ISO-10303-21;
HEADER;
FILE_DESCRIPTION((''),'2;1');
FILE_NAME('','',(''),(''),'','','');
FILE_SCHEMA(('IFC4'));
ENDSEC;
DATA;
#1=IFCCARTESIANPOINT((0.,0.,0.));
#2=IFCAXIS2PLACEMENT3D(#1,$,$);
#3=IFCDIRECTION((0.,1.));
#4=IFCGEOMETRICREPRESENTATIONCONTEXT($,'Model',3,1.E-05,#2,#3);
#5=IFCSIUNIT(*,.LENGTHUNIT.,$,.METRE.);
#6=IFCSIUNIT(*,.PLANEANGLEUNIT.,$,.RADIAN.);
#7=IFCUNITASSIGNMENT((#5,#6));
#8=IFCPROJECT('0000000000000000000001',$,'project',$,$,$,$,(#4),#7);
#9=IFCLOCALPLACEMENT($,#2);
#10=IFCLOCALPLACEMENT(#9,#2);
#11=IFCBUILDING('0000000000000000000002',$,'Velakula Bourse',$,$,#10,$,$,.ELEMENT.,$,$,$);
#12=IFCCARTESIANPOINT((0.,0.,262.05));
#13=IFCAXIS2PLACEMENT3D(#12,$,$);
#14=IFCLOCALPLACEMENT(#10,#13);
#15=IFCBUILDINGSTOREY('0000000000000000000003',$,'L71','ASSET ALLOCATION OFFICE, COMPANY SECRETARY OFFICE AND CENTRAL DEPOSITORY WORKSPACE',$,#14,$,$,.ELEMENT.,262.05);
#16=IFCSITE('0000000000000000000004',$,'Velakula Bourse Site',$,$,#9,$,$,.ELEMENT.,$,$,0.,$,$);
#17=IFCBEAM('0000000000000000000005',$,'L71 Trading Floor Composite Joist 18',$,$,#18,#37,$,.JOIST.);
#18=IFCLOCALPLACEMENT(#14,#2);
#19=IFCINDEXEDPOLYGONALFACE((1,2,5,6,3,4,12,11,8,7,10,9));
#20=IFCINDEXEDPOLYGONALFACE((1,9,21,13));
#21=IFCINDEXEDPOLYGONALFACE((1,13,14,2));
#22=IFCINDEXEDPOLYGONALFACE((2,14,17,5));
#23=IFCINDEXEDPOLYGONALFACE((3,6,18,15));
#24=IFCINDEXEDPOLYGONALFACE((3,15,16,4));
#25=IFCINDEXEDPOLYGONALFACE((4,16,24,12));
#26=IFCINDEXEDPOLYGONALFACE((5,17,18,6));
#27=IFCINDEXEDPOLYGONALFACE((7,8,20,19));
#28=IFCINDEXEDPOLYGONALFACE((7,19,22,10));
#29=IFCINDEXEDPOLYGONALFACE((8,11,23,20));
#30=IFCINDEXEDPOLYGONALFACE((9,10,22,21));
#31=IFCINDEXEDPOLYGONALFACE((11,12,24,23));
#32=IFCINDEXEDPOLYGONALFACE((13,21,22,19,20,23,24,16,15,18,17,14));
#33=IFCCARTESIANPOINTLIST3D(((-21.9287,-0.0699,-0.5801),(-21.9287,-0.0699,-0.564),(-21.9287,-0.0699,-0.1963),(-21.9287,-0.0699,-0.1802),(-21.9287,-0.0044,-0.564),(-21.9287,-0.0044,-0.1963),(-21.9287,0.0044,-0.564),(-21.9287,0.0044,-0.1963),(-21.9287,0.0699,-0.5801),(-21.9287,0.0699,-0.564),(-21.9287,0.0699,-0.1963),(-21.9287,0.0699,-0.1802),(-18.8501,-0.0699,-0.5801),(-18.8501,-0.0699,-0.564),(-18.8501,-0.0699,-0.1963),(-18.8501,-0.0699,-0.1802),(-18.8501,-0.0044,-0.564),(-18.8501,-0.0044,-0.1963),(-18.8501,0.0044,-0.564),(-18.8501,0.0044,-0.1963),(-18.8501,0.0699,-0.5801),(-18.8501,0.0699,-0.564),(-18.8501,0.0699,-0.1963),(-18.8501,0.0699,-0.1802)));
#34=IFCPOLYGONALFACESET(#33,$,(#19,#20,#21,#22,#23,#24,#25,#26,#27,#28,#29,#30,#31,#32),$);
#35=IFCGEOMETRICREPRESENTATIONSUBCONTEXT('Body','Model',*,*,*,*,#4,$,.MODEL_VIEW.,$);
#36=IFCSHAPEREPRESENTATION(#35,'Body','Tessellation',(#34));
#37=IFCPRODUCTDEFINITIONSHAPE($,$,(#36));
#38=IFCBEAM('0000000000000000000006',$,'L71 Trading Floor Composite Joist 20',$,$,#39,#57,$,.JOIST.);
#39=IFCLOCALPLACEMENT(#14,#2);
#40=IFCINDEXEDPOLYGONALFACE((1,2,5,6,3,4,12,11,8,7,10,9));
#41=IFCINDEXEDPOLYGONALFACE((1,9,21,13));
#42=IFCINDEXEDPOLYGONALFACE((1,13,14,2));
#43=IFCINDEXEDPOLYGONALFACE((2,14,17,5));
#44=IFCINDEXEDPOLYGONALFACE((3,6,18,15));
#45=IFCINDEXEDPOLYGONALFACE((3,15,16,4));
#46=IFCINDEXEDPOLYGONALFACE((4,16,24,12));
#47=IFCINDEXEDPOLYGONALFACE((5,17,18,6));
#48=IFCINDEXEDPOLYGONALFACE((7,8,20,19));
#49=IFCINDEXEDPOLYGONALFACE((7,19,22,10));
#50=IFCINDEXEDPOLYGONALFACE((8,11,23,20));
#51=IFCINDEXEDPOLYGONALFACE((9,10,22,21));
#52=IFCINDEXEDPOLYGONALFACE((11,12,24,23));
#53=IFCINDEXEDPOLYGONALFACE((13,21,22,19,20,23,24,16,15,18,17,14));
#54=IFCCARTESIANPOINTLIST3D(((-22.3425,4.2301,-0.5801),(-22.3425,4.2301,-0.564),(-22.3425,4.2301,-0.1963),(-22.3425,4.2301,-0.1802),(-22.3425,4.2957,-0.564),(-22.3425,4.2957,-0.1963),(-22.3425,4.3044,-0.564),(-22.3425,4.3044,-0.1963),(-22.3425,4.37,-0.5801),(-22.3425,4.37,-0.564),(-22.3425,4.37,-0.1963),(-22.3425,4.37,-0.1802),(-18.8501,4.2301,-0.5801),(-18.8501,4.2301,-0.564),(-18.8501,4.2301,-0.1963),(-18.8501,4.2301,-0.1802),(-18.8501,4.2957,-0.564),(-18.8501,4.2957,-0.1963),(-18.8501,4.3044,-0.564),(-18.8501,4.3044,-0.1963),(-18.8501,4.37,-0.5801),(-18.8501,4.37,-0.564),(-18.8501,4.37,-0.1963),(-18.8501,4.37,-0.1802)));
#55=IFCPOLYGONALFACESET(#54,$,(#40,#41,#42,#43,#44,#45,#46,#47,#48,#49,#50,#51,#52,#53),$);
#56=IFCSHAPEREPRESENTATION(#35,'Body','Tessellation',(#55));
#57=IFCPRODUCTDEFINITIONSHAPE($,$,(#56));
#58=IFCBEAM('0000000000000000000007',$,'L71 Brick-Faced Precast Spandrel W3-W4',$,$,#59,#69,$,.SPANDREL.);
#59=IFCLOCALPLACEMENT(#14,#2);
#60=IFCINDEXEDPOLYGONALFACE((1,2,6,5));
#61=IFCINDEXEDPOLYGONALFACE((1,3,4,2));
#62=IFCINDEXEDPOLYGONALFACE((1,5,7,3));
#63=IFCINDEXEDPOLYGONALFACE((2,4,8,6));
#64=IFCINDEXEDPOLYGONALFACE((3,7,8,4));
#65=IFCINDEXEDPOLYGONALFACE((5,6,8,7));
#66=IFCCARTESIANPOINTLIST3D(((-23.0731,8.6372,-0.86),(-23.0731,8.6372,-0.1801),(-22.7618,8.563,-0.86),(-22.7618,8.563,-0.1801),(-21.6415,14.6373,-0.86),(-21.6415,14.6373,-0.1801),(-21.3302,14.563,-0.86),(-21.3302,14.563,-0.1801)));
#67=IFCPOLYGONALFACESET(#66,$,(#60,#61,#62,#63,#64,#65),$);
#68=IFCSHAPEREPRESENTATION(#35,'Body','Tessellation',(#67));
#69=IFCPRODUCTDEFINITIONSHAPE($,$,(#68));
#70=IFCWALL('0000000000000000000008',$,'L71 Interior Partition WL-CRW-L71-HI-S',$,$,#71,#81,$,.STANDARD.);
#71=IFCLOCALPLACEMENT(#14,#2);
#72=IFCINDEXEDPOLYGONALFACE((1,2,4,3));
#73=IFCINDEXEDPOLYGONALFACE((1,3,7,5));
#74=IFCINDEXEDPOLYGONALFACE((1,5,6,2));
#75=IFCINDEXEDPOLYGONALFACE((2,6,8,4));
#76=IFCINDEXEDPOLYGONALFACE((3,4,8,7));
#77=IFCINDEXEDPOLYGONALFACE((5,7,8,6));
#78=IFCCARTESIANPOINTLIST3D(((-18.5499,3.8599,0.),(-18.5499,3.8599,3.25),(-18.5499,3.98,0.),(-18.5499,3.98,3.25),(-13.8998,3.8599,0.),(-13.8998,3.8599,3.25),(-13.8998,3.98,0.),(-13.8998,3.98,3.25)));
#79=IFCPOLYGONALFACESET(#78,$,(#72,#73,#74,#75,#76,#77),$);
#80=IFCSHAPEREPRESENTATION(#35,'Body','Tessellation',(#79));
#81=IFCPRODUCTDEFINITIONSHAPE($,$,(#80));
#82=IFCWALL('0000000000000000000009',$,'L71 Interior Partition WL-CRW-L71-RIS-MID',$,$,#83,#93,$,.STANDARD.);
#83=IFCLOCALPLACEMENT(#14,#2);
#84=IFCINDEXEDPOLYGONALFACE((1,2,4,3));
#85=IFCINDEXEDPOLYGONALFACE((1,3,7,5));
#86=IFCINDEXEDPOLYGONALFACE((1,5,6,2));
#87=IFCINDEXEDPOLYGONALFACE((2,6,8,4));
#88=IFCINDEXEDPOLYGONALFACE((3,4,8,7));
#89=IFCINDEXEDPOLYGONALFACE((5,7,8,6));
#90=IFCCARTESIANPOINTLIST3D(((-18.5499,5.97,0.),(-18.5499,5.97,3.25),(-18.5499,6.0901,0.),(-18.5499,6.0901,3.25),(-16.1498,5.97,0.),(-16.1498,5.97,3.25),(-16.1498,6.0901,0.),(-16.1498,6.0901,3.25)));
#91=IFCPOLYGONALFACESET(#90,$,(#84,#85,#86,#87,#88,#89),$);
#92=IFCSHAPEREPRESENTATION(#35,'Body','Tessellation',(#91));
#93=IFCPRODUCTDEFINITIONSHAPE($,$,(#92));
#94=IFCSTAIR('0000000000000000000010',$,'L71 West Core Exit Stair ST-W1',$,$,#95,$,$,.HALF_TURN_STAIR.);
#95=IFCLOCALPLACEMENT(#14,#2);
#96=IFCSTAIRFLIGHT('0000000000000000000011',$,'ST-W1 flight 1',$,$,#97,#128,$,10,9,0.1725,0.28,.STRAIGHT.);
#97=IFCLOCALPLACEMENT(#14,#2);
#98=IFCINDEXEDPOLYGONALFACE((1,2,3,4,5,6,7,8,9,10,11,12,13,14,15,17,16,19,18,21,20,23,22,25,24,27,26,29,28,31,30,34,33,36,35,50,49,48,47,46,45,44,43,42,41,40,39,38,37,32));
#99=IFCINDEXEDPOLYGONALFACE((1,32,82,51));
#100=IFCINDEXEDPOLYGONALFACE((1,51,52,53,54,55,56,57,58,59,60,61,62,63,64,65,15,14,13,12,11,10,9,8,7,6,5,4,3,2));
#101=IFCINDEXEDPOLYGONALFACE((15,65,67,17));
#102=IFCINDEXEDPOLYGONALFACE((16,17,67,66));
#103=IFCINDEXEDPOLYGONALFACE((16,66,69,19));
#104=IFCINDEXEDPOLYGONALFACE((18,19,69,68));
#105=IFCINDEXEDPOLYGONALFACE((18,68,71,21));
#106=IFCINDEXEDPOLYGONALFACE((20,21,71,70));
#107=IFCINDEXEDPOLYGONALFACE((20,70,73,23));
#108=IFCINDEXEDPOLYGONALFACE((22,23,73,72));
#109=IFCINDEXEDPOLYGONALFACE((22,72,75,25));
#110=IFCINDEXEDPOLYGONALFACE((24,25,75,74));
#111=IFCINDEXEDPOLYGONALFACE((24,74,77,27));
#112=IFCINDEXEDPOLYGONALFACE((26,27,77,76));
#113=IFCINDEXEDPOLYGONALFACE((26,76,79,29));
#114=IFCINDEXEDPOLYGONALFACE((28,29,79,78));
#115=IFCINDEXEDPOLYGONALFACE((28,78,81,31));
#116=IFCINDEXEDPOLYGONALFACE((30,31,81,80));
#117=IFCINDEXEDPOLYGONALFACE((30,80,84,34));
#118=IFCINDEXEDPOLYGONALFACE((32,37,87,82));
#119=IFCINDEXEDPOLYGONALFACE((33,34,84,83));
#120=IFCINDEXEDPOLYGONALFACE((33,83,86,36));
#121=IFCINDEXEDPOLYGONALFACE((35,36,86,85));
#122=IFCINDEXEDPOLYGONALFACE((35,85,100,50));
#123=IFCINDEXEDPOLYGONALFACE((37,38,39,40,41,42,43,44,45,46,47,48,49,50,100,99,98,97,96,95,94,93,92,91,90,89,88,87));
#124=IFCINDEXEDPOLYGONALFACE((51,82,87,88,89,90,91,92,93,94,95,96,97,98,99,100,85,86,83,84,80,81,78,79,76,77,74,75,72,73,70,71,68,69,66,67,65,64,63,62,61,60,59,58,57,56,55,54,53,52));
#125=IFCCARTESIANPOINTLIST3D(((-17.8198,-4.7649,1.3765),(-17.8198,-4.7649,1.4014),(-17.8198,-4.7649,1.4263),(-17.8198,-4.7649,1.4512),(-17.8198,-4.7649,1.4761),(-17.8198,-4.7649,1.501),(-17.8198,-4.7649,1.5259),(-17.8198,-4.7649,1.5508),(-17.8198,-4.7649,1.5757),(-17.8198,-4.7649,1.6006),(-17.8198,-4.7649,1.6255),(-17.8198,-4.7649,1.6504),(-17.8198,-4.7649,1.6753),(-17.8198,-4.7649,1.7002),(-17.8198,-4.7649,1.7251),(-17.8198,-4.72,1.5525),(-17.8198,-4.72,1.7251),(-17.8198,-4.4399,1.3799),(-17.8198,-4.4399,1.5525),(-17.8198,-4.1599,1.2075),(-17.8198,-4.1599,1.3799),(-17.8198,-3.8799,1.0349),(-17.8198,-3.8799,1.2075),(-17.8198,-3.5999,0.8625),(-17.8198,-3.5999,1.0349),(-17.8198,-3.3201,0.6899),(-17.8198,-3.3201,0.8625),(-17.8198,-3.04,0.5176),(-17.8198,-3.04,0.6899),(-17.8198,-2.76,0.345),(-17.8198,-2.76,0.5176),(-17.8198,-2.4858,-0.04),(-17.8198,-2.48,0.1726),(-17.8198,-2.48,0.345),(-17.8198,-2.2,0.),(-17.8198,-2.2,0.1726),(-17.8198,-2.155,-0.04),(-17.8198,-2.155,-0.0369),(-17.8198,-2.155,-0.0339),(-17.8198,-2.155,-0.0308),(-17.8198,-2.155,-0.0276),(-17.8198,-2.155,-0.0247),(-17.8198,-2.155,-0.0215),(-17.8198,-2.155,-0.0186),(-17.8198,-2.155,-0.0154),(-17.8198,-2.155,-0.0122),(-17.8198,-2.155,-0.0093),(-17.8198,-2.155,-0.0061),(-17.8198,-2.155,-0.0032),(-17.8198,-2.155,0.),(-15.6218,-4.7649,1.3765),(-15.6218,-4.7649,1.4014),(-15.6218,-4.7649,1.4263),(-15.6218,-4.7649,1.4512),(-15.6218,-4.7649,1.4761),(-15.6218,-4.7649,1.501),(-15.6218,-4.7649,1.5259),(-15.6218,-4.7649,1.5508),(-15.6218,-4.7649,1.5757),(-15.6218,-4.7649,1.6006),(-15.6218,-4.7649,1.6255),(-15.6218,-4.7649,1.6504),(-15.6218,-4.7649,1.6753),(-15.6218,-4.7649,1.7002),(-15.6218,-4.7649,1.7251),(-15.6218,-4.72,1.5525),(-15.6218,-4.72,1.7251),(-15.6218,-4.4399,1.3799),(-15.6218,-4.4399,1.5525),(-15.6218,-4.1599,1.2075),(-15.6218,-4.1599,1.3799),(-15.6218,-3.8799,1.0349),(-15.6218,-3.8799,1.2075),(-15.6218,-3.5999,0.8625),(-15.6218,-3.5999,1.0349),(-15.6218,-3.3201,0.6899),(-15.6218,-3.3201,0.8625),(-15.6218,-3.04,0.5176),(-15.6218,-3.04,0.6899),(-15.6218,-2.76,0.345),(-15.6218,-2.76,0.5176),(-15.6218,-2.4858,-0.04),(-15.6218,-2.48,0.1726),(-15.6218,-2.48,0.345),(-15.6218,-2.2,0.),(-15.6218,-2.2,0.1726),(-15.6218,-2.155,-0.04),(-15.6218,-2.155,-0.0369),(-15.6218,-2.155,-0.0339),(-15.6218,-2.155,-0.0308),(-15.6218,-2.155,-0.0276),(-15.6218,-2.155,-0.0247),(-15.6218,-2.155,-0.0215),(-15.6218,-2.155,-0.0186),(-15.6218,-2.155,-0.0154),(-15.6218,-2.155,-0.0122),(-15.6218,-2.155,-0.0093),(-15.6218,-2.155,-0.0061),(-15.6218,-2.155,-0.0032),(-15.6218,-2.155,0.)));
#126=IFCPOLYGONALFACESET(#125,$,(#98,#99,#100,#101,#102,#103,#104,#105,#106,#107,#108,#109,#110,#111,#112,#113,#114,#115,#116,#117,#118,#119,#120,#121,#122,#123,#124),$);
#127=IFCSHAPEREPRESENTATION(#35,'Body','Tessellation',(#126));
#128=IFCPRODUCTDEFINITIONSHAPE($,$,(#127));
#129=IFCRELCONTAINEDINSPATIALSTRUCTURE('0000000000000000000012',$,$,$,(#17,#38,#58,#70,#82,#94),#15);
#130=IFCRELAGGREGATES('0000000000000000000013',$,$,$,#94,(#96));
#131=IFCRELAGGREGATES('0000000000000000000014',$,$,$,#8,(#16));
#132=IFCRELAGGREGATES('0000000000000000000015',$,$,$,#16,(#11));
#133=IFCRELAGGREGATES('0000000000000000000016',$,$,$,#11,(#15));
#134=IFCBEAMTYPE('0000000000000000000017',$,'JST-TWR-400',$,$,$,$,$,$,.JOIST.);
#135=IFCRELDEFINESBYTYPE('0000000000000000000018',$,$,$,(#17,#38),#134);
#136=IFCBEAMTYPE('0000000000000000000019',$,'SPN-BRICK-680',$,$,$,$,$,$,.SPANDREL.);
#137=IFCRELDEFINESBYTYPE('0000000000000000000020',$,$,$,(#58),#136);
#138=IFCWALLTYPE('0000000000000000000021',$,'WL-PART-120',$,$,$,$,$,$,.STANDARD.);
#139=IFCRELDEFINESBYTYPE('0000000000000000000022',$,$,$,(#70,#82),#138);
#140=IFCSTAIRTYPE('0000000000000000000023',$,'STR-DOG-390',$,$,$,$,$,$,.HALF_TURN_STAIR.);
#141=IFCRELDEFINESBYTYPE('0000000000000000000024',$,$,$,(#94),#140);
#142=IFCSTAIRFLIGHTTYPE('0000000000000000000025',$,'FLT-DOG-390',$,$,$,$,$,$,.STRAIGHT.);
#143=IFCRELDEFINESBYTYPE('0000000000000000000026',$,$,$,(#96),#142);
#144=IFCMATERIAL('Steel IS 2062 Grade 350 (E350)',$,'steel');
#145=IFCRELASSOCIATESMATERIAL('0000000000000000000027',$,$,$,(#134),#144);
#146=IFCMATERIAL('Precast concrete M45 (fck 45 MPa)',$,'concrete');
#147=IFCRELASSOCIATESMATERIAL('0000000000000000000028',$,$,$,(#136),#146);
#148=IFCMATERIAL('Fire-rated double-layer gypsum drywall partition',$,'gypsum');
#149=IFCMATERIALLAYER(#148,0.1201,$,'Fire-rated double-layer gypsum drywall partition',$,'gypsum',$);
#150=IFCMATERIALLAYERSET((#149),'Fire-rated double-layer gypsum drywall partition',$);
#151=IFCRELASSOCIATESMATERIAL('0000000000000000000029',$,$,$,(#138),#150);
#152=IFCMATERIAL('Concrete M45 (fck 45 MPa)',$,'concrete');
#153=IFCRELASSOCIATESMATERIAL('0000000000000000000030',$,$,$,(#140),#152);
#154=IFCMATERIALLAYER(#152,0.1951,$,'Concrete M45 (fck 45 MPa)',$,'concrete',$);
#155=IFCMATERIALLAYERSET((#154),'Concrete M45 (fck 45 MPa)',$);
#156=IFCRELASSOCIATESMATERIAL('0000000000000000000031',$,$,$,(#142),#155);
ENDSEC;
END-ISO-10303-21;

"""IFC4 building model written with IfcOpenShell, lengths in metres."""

from ifc_helpers import new_model, si_unit, direction, frame, frame_2d, origin, origin_2d, place, context, subcontext, project, spatial, polyline, rectangle, i_section, outline, extrude, material, layer, layer_set, material_profile, profile_set, type_object, element, aggregate, save


model = new_model("IFC4")

# Units and contexts
model_context = context("Model", 3, precision=1e-05, world=origin(), true_north=direction((0.0, 1.0)))
body_context = subcontext(model_context, "Body", "Model", "MODEL_VIEW")
ifc_project = project(units=[si_unit("LENGTHUNIT", "METRE"), si_unit("PLANEANGLEUNIT", "RADIAN")], contexts=[model_context])

# Site, building, storey
site_placement = place(None, origin())
site = spatial("IfcSite", under=ifc_project, at=site_placement, Name="Velakula Bourse Site", CompositionType="ELEMENT", RefElevation=0.0)
building_placement = place(site_placement, origin())
building = spatial("IfcBuilding", under=site, at=building_placement, Name="Velakula Bourse", CompositionType="ELEMENT")
storey_placement = place(building_placement, frame((0.0, 0.0, 262.05)))
storey = spatial("IfcBuildingStorey", under=building, at=storey_placement, Name="L71", Description="ASSET ALLOCATION OFFICE, COMPANY SECRETARY OFFICE AND CENTRAL DEPOSITORY WORKSPACE", CompositionType="ELEMENT", Elevation=262.05)

# Shared definitions
ifc_material_1 = material(Name="Steel IS 2062 Grade 350 (E350)", Category="steel")

# Beams
ifc_material_profile_1 = material_profile(ifc_material_1, i_section(OverallWidth=0.1399, OverallDepth=0.3999, WebThickness=0.0088, FlangeThickness=0.0161, at=origin_2d()), Name="Steel IS 2062 Grade 350 (E350)")
ifc_profile_set_1 = profile_set([ifc_material_profile_1], Name="Steel IS 2062 Grade 350 (E350)")
beam_type_1 = type_object("IfcBeamType", Name="JST-TWR-400", PredefinedType="JOIST", material=ifc_profile_set_1)
beam_1_placement = place(storey_placement, frame((-21.9287, 0.0, -0.3801), z_axis=(1.0, 0.0, 0.0), x_axis=(0.0, 1.0, 0.0)))
element("IfcBeam", 1, at=beam_1_placement, inside=storey, type_object=beam_type_1, Name="L71 Trading Floor Composite Joist 18", PredefinedType="JOIST", context=body_context, shape_type="SweptSolid", body=[
    extrude(i_section(OverallWidth=0.1399, OverallDepth=0.3999, WebThickness=0.0088, FlangeThickness=0.0161, at=origin_2d()), origin(), (0.0, 0.0, 1.0), 3.0786),
])
beam_2_placement = place(storey_placement, frame((-22.3425, 4.3, -0.3801), z_axis=(1.0, 0.0, 0.0), x_axis=(0.0, 1.0, 0.0)))
element("IfcBeam", 2, at=beam_2_placement, inside=storey, type_object=beam_type_1, Name="L71 Trading Floor Composite Joist 20", PredefinedType="JOIST", context=body_context, shape_type="SweptSolid", body=[
    extrude(i_section(OverallWidth=0.1399, OverallDepth=0.3999, WebThickness=0.0088, FlangeThickness=0.0161, at=origin_2d()), origin(), (0.0, 0.0, 1.0), 3.4924),
])
ifc_material_2 = material(Name="Precast concrete M45 (fck 45 MPa)", Category="concrete")
ifc_material_profile_2 = material_profile(ifc_material_2, rectangle(XDim=0.3201, YDim=0.6799, at=origin_2d()), Name="Precast concrete M45 (fck 45 MPa)")
ifc_profile_set_2 = profile_set([ifc_material_profile_2], Name="Precast concrete M45 (fck 45 MPa)")
beam_type_2 = type_object("IfcBeamType", Name="SPN-BRICK-680", PredefinedType="SPANDREL", material=ifc_profile_set_2)
beam_3_placement = place(storey_placement, frame((-22.9175, 8.6001, -0.52), z_axis=(0.232091, 0.972694, 0.0), x_axis=(-0.972694, 0.232091, 0.0)))
element("IfcBeam", 3, at=beam_3_placement, inside=storey, type_object=beam_type_2, Name="L71 Brick-Faced Precast Spandrel W3-W4", PredefinedType="SPANDREL", context=body_context, shape_type="SweptSolid", body=[
    extrude(rectangle(XDim=0.3201, YDim=0.6799, at=origin_2d()), origin(), (0.0, 0.0, 1.0), 6.1685),
])

# Walls
ifc_material_3 = material(Name="Fire-rated double-layer gypsum drywall partition", Category="gypsum")
ifc_layer_1 = layer(ifc_material_3, 0.1201, Name="Fire-rated double-layer gypsum drywall partition", Category="gypsum")
ifc_layer_set_1 = layer_set([ifc_layer_1], Name="Fire-rated double-layer gypsum drywall partition")
wall_type = type_object("IfcWallType", Name="WL-PART-120", PredefinedType="STANDARD", material=ifc_layer_set_1)
wall_1_placement = place(storey_placement, frame((-18.55, 3.9199, 0.0), z_axis=(0.0, 0.0, 1.0), x_axis=(1.0, 0.0, 0.0)))
element("IfcWall", 4, at=wall_1_placement, inside=storey, type_object=wall_type, Name="L71 Interior Partition WL-CRW-L71-HI-S", PredefinedType="STANDARD", context=body_context, shape_type="SweptSolid", body=[
    extrude(rectangle(XDim=4.6501, YDim=0.1201, at=frame_2d((2.3252, 0.0))), origin(), (0.0, 0.0, 1.0), 3.25),
])
wall_2_placement = place(storey_placement, frame((-18.55, 6.03, 0.0), z_axis=(0.0, 0.0, 1.0), x_axis=(1.0, 0.0, 0.0)))
element("IfcWall", 5, at=wall_2_placement, inside=storey, type_object=wall_type, Name="L71 Interior Partition WL-CRW-L71-RIS-MID", PredefinedType="STANDARD", context=body_context, shape_type="SweptSolid", body=[
    extrude(rectangle(XDim=2.4001, YDim=0.1201, at=frame_2d((1.2002, 0.0))), origin(), (0.0, 0.0, 1.0), 3.25),
])

# Stair, stair flight
ifc_material_4 = material(Name="Concrete M45 (fck 45 MPa)", Category="concrete")
stair_type = type_object("IfcStairType", Name="STR-DOG-390", PredefinedType="HALF_TURN_STAIR", material=ifc_material_4)
stair_placement = place(storey_placement, origin())
stair = element("IfcStair", 6, at=stair_placement, inside=storey, type_object=stair_type, Name="L71 West Core Exit Stair ST-W1", PredefinedType="HALF_TURN_STAIR")
ifc_layer_2 = layer(ifc_material_4, 0.1951, Name="Concrete M45 (fck 45 MPa)", Category="concrete")
ifc_layer_set_2 = layer_set([ifc_layer_2], Name="Concrete M45 (fck 45 MPa)")
stair_flight_type = type_object("IfcStairFlightType", Name="FLT-DOG-390", PredefinedType="STRAIGHT", material=ifc_layer_set_2)
stair_flight_placement = place(storey_placement, frame((-16.7209, -2.2, 0.0), z_axis=(0.0, 0.0, 1.0), x_axis=(0.0, -1.0, 0.0)))
stair_flight = element("IfcStairFlight", 7, at=stair_flight_placement, type_object=stair_flight_type, Name="ST-W1 flight 1", NumberOfRisers=10, NumberOfTreads=9, PredefinedType="STRAIGHT", RiserHeight=0.1725, TreadLength=0.28, context=body_context, shape_type="SweptSolid", body=[
    extrude(outline(polyline([(-0.0449, -0.04), (-0.0449, -0.0369), (-0.0449, -0.0339), (-0.0449, -0.0308), (-0.0449, -0.0276), (-0.0449, -0.0247), (-0.0449, -0.0215), (-0.0449, -0.0186), (-0.0449, -0.0154), (-0.0449, -0.0122), (-0.0449, -0.0093), (-0.0449, -0.0061), (-0.0449, -0.0032), (-0.0449, 0.0), (0.0, 0.0), (0.0, 0.1726), (0.28, 0.1726), (0.28, 0.345), (0.5601, 0.345), (0.5601, 0.5176), (0.8401, 0.5176), (0.8401, 0.6899), (1.1201, 0.6899), (1.1201, 0.8625), (1.3999, 0.8625), (1.3999, 1.0349), (1.6799, 1.0349), (1.6799, 1.2075), (1.96, 1.2075), (1.96, 1.3799), (2.24, 1.3799), (2.24, 1.5525), (2.52, 1.5525), (2.52, 1.7251), (2.5649, 1.7251), (2.5649, 1.7002), (2.5649, 1.6753), (2.5649, 1.6504), (2.5649, 1.6255), (2.5649, 1.6006), (2.5649, 1.5757), (2.5649, 1.5508), (2.5649, 1.5259), (2.5649, 1.501), (2.5649, 1.4761), (2.5649, 1.4512), (2.5649, 1.4263), (2.5649, 1.4014), (2.5649, 1.3765), (0.2859, -0.04), (-0.0449, -0.04)])), frame((0.0, 1.0991, 0.0), z_axis=(0.0, -1.0, 0.0), x_axis=(1.0, 0.0, 0.0)), (0.0, 0.0, 1.0), 2.198),
])
aggregate(stair, [stair_flight])

save(model, "model.ifc")
